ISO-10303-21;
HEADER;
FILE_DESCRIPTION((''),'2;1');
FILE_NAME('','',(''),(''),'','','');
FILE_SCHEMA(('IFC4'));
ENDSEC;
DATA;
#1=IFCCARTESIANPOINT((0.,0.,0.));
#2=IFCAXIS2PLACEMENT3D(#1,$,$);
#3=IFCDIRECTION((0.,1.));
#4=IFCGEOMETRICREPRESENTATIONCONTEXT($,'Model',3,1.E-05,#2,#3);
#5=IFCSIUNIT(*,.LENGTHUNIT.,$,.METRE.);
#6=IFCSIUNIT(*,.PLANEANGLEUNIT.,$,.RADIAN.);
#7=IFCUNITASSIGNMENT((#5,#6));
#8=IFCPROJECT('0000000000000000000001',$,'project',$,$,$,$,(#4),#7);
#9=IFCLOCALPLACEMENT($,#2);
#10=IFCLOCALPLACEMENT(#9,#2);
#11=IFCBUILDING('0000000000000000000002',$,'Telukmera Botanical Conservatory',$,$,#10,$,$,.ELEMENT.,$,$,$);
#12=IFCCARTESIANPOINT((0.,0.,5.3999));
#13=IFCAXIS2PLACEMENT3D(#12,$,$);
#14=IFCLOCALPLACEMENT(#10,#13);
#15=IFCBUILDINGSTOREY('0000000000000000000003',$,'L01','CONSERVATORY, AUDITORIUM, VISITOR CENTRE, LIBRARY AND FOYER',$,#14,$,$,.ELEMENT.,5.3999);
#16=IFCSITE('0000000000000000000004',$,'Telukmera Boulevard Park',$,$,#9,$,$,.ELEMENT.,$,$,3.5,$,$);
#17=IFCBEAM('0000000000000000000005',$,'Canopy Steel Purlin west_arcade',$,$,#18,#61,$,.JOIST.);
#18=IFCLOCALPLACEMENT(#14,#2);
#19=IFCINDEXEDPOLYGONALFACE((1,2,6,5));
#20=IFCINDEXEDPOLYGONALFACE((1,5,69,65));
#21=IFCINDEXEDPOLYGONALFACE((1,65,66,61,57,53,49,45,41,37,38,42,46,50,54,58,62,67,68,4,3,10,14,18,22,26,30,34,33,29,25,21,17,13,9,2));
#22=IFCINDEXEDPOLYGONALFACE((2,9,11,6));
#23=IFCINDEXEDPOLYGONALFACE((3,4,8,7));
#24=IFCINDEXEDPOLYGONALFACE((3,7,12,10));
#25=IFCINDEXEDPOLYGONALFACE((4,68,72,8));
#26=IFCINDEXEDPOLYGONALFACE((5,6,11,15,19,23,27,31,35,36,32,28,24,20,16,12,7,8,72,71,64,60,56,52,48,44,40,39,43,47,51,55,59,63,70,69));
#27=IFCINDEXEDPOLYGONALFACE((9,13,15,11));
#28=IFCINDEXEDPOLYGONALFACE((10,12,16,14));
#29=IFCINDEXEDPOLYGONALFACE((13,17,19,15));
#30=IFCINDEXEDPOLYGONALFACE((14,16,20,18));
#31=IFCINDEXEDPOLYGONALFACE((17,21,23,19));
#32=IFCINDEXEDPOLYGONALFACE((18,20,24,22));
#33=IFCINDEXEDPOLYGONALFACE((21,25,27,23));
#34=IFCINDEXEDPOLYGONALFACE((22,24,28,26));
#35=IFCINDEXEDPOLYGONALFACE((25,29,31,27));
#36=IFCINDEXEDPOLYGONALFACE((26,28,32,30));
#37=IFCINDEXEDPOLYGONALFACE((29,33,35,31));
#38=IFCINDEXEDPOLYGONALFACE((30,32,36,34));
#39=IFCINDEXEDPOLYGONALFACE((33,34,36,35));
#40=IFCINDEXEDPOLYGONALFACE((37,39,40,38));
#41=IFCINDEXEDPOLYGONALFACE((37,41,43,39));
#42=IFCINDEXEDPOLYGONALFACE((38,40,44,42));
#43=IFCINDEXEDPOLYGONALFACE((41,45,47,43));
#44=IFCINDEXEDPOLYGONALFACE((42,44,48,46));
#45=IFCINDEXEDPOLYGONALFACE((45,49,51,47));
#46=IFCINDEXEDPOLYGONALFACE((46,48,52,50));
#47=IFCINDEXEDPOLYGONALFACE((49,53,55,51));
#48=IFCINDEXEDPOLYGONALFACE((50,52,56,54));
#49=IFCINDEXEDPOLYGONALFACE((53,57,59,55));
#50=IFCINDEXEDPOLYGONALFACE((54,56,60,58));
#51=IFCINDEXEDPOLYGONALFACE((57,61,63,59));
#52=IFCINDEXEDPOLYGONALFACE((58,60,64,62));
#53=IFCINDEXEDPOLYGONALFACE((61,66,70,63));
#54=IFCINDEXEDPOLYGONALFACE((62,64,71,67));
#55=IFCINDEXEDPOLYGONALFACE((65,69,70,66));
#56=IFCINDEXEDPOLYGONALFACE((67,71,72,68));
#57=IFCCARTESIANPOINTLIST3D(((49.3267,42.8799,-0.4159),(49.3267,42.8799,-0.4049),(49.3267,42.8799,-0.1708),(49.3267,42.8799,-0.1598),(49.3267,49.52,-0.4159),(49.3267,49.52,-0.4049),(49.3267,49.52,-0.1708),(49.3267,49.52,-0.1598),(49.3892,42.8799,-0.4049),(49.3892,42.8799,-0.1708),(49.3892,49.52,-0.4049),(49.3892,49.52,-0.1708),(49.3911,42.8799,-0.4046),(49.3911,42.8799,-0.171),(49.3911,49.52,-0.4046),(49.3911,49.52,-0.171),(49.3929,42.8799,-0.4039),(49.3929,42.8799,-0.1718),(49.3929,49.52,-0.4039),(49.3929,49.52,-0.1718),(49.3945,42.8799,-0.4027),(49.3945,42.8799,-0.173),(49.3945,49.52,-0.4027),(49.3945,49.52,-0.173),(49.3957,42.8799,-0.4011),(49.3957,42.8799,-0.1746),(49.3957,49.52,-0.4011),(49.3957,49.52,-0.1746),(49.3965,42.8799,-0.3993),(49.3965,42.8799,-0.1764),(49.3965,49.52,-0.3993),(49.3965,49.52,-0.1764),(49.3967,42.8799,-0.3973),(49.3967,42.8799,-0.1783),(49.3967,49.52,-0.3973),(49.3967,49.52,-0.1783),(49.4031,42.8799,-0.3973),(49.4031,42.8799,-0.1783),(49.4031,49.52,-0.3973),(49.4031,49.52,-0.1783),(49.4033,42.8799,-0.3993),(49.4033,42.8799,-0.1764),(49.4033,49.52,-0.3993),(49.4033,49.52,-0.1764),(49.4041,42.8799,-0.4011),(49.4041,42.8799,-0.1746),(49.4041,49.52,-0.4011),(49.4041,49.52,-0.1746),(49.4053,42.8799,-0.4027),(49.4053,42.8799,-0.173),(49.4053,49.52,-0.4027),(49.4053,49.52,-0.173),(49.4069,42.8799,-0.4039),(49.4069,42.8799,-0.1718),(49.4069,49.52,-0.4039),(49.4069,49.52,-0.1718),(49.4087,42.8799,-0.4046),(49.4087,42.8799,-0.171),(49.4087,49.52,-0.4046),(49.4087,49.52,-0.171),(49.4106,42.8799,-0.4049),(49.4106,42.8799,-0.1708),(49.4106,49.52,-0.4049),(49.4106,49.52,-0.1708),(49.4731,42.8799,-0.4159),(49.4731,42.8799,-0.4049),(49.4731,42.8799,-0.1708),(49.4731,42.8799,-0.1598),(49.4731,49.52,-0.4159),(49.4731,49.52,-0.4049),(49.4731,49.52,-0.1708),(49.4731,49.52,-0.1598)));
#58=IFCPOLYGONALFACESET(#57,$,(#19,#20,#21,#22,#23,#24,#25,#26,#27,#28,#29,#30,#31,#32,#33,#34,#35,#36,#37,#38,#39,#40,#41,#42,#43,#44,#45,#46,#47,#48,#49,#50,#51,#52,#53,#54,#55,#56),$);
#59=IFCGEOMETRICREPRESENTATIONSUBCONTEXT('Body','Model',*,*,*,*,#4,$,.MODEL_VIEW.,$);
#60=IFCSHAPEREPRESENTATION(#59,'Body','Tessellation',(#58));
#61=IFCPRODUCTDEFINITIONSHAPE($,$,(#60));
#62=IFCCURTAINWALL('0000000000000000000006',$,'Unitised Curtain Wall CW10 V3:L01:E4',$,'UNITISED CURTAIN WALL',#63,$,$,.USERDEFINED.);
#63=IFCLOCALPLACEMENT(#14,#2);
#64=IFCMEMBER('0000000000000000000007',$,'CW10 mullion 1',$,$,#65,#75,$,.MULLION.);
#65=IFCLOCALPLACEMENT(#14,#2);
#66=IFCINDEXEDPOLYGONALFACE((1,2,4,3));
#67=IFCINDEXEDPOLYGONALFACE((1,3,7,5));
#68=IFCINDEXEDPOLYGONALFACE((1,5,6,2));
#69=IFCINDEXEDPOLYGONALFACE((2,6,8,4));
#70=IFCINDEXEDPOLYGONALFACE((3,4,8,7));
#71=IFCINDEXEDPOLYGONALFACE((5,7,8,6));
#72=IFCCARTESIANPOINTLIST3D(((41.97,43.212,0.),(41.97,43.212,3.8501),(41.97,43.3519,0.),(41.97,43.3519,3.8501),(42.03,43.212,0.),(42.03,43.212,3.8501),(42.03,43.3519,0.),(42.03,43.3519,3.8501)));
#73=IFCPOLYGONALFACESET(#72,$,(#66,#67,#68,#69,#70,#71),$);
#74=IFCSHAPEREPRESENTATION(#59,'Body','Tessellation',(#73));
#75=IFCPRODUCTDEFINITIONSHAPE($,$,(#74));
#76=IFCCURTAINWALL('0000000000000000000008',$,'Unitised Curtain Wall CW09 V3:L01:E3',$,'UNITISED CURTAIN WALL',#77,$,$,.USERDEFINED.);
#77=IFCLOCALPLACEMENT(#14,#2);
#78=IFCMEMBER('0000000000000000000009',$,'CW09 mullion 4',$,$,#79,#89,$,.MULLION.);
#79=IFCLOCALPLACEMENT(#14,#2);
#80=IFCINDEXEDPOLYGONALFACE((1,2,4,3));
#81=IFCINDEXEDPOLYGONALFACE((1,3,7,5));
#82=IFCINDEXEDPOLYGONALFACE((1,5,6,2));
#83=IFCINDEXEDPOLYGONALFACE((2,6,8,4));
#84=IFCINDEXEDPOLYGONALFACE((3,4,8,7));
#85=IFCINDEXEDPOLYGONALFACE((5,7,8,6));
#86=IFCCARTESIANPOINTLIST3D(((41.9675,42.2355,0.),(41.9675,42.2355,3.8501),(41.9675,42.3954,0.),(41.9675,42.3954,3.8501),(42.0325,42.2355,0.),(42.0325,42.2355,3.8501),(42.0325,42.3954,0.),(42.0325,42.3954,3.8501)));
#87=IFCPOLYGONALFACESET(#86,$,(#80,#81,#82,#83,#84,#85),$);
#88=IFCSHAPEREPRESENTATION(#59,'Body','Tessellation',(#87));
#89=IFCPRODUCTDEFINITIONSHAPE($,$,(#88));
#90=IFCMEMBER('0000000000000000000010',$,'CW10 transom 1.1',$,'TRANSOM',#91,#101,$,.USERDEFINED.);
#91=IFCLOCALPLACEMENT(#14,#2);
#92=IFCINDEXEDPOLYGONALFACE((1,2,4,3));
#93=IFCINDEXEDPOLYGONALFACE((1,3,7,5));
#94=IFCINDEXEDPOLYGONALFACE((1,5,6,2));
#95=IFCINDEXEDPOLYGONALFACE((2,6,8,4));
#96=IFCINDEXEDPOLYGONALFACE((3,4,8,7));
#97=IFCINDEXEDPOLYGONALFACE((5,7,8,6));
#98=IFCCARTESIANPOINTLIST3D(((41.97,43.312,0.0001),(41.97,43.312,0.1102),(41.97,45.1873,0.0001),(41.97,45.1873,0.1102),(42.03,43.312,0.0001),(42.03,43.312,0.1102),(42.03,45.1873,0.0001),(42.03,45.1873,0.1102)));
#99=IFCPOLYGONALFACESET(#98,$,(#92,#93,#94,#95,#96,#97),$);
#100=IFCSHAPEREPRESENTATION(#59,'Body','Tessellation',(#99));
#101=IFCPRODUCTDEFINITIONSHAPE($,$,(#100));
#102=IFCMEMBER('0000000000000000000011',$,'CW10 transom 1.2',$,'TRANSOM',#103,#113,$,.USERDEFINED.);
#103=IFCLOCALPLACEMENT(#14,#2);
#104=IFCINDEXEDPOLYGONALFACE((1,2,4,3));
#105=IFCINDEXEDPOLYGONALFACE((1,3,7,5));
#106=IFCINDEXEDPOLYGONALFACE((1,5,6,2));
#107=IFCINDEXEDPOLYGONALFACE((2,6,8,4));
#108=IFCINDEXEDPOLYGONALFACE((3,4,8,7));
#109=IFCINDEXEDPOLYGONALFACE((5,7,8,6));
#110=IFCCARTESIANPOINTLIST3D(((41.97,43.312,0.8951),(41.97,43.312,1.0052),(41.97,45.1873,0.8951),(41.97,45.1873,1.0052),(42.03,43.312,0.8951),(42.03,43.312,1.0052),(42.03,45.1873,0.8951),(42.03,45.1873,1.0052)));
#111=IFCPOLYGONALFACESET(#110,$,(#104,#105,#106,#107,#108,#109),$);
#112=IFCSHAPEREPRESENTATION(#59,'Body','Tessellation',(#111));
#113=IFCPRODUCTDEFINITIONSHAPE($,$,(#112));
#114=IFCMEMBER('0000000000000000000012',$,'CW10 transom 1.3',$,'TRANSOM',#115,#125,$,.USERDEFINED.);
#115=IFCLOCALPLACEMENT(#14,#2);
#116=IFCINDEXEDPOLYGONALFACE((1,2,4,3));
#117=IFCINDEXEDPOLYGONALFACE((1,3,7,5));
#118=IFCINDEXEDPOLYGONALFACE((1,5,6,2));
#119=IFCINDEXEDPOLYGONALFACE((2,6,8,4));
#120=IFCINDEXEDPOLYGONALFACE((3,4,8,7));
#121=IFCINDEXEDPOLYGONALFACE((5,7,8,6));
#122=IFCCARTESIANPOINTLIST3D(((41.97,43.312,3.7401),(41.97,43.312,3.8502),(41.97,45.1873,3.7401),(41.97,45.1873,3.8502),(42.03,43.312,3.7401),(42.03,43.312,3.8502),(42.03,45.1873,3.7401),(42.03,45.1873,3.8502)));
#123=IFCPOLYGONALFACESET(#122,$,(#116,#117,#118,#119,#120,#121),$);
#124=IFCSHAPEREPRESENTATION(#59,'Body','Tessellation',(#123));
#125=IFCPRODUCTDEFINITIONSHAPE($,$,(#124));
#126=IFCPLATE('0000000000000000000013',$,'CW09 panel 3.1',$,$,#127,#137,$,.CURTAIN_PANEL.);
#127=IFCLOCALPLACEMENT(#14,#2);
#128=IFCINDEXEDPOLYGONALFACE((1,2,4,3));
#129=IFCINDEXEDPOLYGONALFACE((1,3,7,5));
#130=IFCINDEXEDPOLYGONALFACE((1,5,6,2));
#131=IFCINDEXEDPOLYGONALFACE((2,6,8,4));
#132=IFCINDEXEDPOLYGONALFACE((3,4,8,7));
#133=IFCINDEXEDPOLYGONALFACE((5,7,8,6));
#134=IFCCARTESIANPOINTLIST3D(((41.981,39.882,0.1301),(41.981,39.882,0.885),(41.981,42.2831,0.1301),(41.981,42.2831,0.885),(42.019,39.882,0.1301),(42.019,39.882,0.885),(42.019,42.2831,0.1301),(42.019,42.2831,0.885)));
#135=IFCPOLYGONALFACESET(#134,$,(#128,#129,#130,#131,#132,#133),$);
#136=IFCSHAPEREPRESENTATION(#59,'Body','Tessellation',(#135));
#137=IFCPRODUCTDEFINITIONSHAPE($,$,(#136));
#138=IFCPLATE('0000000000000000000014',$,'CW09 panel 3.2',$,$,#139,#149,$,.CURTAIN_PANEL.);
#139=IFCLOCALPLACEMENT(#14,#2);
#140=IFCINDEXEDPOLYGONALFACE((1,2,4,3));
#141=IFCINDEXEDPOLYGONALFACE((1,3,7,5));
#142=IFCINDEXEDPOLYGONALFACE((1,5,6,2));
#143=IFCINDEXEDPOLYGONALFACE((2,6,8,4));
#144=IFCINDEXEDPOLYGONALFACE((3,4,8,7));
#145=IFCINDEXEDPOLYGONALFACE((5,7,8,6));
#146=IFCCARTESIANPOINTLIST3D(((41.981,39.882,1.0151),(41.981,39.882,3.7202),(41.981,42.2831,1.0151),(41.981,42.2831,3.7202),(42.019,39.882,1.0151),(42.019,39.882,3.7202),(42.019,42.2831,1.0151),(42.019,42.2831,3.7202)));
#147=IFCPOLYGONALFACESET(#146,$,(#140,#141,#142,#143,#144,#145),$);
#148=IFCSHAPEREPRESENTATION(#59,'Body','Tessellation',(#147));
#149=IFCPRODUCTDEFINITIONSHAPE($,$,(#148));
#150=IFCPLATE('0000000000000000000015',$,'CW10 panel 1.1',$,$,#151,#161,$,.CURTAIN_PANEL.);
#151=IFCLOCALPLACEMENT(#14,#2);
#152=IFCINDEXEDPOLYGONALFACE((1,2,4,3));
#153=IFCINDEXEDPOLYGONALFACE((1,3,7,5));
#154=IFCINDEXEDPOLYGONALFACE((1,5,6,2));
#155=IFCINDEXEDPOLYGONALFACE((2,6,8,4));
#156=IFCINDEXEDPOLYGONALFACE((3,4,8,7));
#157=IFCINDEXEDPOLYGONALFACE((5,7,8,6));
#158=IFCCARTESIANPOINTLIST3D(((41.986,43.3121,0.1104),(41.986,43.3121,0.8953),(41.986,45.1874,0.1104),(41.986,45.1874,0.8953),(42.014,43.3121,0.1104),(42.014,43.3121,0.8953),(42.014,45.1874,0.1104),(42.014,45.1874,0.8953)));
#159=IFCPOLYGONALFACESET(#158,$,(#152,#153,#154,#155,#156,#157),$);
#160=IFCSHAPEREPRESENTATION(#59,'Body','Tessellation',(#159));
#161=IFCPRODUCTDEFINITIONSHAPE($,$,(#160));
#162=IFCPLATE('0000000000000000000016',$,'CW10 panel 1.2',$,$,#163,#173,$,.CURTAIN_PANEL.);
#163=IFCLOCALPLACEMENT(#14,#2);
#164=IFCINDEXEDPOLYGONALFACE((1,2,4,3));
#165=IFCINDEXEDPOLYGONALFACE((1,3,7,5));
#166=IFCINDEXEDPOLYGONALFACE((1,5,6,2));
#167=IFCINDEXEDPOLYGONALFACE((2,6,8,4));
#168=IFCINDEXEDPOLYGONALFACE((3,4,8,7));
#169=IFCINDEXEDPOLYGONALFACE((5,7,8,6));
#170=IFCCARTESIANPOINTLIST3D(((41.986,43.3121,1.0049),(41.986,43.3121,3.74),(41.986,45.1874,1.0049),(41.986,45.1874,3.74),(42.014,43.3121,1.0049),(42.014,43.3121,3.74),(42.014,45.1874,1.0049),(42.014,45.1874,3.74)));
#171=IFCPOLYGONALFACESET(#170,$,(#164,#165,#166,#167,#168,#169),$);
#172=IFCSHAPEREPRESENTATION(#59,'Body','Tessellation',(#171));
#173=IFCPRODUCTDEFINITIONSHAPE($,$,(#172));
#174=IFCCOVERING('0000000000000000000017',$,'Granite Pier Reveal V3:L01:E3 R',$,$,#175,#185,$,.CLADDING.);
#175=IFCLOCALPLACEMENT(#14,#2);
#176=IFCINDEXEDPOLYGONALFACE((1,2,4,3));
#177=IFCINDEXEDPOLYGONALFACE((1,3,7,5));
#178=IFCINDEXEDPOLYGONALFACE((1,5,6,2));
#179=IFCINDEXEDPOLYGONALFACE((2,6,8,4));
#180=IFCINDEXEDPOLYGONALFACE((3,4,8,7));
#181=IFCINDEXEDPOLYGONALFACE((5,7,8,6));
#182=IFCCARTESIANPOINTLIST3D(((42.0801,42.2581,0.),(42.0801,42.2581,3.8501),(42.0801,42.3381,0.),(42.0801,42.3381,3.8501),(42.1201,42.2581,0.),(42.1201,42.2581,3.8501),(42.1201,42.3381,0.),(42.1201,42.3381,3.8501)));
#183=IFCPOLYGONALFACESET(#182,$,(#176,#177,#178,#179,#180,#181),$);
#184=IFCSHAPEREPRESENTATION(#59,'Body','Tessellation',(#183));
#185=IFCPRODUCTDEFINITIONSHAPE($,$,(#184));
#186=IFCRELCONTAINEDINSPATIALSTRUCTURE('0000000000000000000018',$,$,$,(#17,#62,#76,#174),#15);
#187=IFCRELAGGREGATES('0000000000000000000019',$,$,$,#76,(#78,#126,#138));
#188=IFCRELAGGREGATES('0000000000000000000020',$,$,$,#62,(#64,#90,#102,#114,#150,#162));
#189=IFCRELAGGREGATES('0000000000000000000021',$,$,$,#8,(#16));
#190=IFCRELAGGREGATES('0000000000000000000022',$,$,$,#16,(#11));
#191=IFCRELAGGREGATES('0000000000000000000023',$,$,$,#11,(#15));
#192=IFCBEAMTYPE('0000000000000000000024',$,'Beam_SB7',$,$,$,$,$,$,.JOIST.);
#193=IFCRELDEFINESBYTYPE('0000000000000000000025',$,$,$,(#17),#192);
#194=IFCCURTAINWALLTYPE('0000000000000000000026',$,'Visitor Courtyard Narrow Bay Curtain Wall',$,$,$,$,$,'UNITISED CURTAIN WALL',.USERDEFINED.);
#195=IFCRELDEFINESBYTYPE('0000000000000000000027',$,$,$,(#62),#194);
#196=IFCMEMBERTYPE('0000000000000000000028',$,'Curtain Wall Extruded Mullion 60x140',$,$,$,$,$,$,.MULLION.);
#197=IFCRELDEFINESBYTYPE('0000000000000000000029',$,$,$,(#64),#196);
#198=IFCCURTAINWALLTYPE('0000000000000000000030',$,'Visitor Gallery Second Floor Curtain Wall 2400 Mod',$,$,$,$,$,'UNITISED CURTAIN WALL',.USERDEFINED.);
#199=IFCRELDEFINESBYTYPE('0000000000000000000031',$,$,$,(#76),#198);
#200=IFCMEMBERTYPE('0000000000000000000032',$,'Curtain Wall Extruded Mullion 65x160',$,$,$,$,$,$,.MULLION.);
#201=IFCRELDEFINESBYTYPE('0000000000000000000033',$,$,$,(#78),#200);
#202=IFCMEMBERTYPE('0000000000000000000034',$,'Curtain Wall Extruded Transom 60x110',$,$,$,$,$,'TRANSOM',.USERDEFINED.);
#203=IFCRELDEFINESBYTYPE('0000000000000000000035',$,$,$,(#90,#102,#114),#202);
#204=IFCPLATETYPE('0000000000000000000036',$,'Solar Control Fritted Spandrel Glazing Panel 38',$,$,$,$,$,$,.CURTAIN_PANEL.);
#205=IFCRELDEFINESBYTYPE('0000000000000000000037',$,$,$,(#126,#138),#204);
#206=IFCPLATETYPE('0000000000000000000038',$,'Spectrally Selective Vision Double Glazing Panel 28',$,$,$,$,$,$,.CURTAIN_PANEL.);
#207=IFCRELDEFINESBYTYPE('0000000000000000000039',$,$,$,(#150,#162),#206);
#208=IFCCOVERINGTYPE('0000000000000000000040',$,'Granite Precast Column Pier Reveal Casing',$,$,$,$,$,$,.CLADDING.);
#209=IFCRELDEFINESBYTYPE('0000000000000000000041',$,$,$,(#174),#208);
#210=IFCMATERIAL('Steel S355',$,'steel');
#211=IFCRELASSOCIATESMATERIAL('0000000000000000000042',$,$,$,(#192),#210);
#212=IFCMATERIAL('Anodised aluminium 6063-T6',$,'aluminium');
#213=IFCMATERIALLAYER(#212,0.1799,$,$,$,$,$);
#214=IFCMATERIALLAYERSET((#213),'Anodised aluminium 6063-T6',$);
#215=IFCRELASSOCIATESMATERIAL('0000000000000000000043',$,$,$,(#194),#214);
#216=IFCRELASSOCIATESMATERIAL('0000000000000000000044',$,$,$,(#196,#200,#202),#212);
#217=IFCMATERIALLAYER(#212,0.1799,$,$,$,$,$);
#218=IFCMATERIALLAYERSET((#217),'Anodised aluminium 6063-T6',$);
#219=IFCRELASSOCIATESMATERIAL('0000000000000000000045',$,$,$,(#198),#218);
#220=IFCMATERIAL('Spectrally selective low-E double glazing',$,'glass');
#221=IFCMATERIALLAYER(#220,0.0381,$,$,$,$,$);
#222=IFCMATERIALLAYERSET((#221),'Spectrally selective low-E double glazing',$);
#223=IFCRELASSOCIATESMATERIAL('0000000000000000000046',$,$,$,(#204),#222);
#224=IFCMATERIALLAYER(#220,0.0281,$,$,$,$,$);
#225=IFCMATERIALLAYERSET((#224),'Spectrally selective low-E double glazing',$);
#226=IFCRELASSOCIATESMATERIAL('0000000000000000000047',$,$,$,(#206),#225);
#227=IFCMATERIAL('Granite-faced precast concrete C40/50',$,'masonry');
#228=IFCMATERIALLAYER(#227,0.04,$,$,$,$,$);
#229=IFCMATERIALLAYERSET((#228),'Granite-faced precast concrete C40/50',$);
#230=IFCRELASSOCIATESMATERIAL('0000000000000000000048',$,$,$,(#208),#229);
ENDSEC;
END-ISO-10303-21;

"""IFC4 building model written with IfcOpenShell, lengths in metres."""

from ifc_helpers import new_model, si_unit, direction, frame, origin, origin_2d, place, context, subcontext, project, spatial, rectangle, i_section, extrude, material, layer, layer_set, material_profile, profile_set, type_object, element, aggregate, save


model = new_model("IFC4")

# Units and contexts
model_context = context("Model", 3, precision=1e-05, world=origin(), true_north=direction((0.0, 1.0)))
body_context = subcontext(model_context, "Body", "Model", "MODEL_VIEW")
ifc_project = project(units=[si_unit("LENGTHUNIT", "METRE"), si_unit("PLANEANGLEUNIT", "RADIAN")], contexts=[model_context])

# Site, building, storey
site_placement = place(None, origin())
site = spatial("IfcSite", under=ifc_project, at=site_placement, Name="Telukmera Boulevard Park", CompositionType="ELEMENT", RefElevation=3.5)
building_placement = place(site_placement, origin())
building = spatial("IfcBuilding", under=site, at=building_placement, Name="Telukmera Botanical Conservatory", CompositionType="ELEMENT")
storey_placement = place(building_placement, frame((0.0, 0.0, 5.3999)))
storey = spatial("IfcBuildingStorey", under=building, at=storey_placement, Name="L01", Description="CONSERVATORY, AUDITORIUM, VISITOR CENTRE, LIBRARY AND FOYER", CompositionType="ELEMENT", Elevation=5.3999)

# Beam
ifc_material_1 = material(Name="Steel S355", Category="steel")
ifc_material_profile_1 = material_profile(ifc_material_1, i_section(OverallWidth=0.1465, OverallDepth=0.2561, WebThickness=0.0063, FlangeThickness=0.011, FilletRadius=0.0076, at=origin_2d()), Name="UB 254x146x37")
ifc_profile_set_1 = profile_set([ifc_material_profile_1], Name="Steel S355")
beam_type_1 = type_object("IfcBeamType", Name="Beam_SB7", PredefinedType="JOIST", material=ifc_profile_set_1)
for number, where, z_axis, x_axis, name in (
    (1, (49.3999, 42.8799, -0.2878), (0.0, 1.0, 0.0), (-1.0, 0.0, 0.0), "Canopy Steel Purlin west_arcade"),
):
    element("IfcBeam", number, at=place(storey_placement, frame(where, z_axis=z_axis, x_axis=x_axis)), inside=storey, type_object=beam_type_1, Name=name, PredefinedType="JOIST", context=body_context, shape_type="SweptSolid", body=[
        extrude(i_section(OverallWidth=0.1465, OverallDepth=0.2561, WebThickness=0.0063, FlangeThickness=0.011, FilletRadius=0.0076, at=origin_2d()), origin(), (0.0, 0.0, 1.0), 6.6401),
    ])

# Curtain walls, members
ifc_material_2 = material(Name="Anodised aluminium 6063-T6", Category="aluminium")
ifc_layer_1 = layer(ifc_material_2, 0.1799)
ifc_layer_set_1 = layer_set([ifc_layer_1], Name="Anodised aluminium 6063-T6")
curtain_wall_type_1 = type_object("IfcCurtainWallType", Name="Visitor Courtyard Narrow Bay Curtain Wall", ElementType="UNITISED CURTAIN WALL", PredefinedType="USERDEFINED", material=ifc_layer_set_1)
curtain_wall_1_placement = place(storey_placement, origin())
curtain_wall_1 = element("IfcCurtainWall", 2, at=curtain_wall_1_placement, inside=storey, type_object=curtain_wall_type_1, Name="Unitised Curtain Wall CW10 V3:L01:E4", ObjectType="UNITISED CURTAIN WALL", PredefinedType="USERDEFINED")
ifc_material_profile_2 = material_profile(ifc_material_2, rectangle(XDim=0.0601, YDim=0.1399, at=origin_2d()), Name="ALU MULL 60x140")
ifc_profile_set_2 = profile_set([ifc_material_profile_2], Name="Anodised aluminium 6063-T6")
member_type_1 = type_object("IfcMemberType", Name="Curtain Wall Extruded Mullion 60x140", PredefinedType="MULLION", material=ifc_profile_set_2)
member_1_placement = place(storey_placement, frame((42.0, 43.282, 0.0), z_axis=(0.0, 0.0, 1.0), x_axis=(-1.0, 0.0, 0.0)))
member_1 = element("IfcMember", 3, at=member_1_placement, type_object=member_type_1, Name="CW10 mullion 1", PredefinedType="MULLION", context=body_context, shape_type="SweptSolid", body=[
    extrude(rectangle(XDim=0.0601, YDim=0.1399, at=origin_2d()), origin(), (0.0, 0.0, 1.0), 3.8501),
])
ifc_layer_2 = layer(ifc_material_2, 0.1799)
ifc_layer_set_2 = layer_set([ifc_layer_2], Name="Anodised aluminium 6063-T6")
curtain_wall_type_2 = type_object("IfcCurtainWallType", Name="Visitor Gallery Second Floor Curtain Wall 2400 Mod", ElementType="UNITISED CURTAIN WALL", PredefinedType="USERDEFINED", material=ifc_layer_set_2)
curtain_wall_2_placement = place(storey_placement, origin())
curtain_wall_2 = element("IfcCurtainWall", 4, at=curtain_wall_2_placement, inside=storey, type_object=curtain_wall_type_2, Name="Unitised Curtain Wall CW09 V3:L01:E3", ObjectType="UNITISED CURTAIN WALL", PredefinedType="USERDEFINED")
ifc_material_profile_3 = material_profile(ifc_material_2, rectangle(XDim=0.0649, YDim=0.1599, at=origin_2d()), Name="ALU MULL 65x160")
ifc_profile_set_3 = profile_set([ifc_material_profile_3], Name="Anodised aluminium 6063-T6")
member_type_2 = type_object("IfcMemberType", Name="Curtain Wall Extruded Mullion 65x160", PredefinedType="MULLION", material=ifc_profile_set_3)
member_2_placement = place(storey_placement, frame((42.0, 42.3154, 0.0), z_axis=(0.0, 0.0, 1.0), x_axis=(-1.0, 0.0, 0.0)))
member_2 = element("IfcMember", 5, at=member_2_placement, type_object=member_type_2, Name="CW09 mullion 4", PredefinedType="MULLION", context=body_context, shape_type="SweptSolid", body=[
    extrude(rectangle(XDim=0.0649, YDim=0.1599, at=origin_2d()), origin(), (0.0, 0.0, 1.0), 3.8501),
])

# Members
ifc_material_profile_4 = material_profile(ifc_material_2, rectangle(XDim=0.0601, YDim=0.1101, at=origin_2d()), Name="ALU TRAN 60x110")
ifc_profile_set_4 = profile_set([ifc_material_profile_4], Name="Anodised aluminium 6063-T6")
member_type_3 = type_object("IfcMemberType", Name="Curtain Wall Extruded Transom 60x110", ElementType="TRANSOM", PredefinedType="USERDEFINED", material=ifc_profile_set_4)
member_3_placement = place(storey_placement, frame((42.0, 43.312, 0.0552), z_axis=(0.0, 1.0, 0.0), x_axis=(-1.0, 0.0, 0.0)))
member_3 = element("IfcMember", 6, at=member_3_placement, type_object=member_type_3, Name="CW10 transom 1.1", ObjectType="TRANSOM", PredefinedType="USERDEFINED", context=body_context, shape_type="SweptSolid", body=[
    extrude(rectangle(XDim=0.0601, YDim=0.1101, at=origin_2d()), origin(), (0.0, 0.0, 1.0), 1.8752),
])
member_4_placement = place(storey_placement, frame((42.0, 43.312, 0.9502), z_axis=(0.0, 1.0, 0.0), x_axis=(-1.0, 0.0, 0.0)))
member_4 = element("IfcMember", 7, at=member_4_placement, type_object=member_type_3, Name="CW10 transom 1.2", ObjectType="TRANSOM", PredefinedType="USERDEFINED", context=body_context, shape_type="SweptSolid", body=[
    extrude(rectangle(XDim=0.0601, YDim=0.1101, at=origin_2d()), origin(), (0.0, 0.0, 1.0), 1.8752),
])
member_5_placement = place(storey_placement, frame((42.0, 43.312, 3.7952), z_axis=(0.0, 1.0, 0.0), x_axis=(-1.0, 0.0, 0.0)))
member_5 = element("IfcMember", 8, at=member_5_placement, type_object=member_type_3, Name="CW10 transom 1.3", ObjectType="TRANSOM", PredefinedType="USERDEFINED", context=body_context, shape_type="SweptSolid", body=[
    extrude(rectangle(XDim=0.0601, YDim=0.1101, at=origin_2d()), origin(), (0.0, 0.0, 1.0), 1.8752),
])

# Plates
ifc_material_3 = material(Name="Spectrally selective low-E double glazing", Category="glass")
ifc_layer_3 = layer(ifc_material_3, 0.0381)
ifc_layer_set_3 = layer_set([ifc_layer_3], Name="Spectrally selective low-E double glazing")
plate_type_1 = type_object("IfcPlateType", Name="Solar Control Fritted Spandrel Glazing Panel 38", PredefinedType="CURTAIN_PANEL", material=ifc_layer_set_3)
plate_1_placement = place(storey_placement, frame((42.0, 41.0825, 0.1301), z_axis=(0.0, 0.0, 1.0), x_axis=(0.0, 1.0, 0.0)))
plate_1 = element("IfcPlate", 9, at=plate_1_placement, type_object=plate_type_1, Name="CW09 panel 3.1", PredefinedType="CURTAIN_PANEL", context=body_context, shape_type="SweptSolid", body=[
    extrude(rectangle(XDim=2.4011, YDim=0.0381, at=origin_2d()), origin(), (0.0, 0.0, 1.0), 0.7549),
])
plate_2_placement = place(storey_placement, frame((42.0, 41.0825, 1.0151), z_axis=(0.0, 0.0, 1.0), x_axis=(0.0, 1.0, 0.0)))
plate_2 = element("IfcPlate", 10, at=plate_2_placement, type_object=plate_type_1, Name="CW09 panel 3.2", PredefinedType="CURTAIN_PANEL", context=body_context, shape_type="SweptSolid", body=[
    extrude(rectangle(XDim=2.4011, YDim=0.0381, at=origin_2d()), origin(), (0.0, 0.0, 1.0), 2.7051),
])
aggregate(curtain_wall_2, [member_2, plate_1, plate_2])
ifc_layer_4 = layer(ifc_material_3, 0.0281)
ifc_layer_set_4 = layer_set([ifc_layer_4], Name="Spectrally selective low-E double glazing")
plate_type_2 = type_object("IfcPlateType", Name="Spectrally Selective Vision Double Glazing Panel 28", PredefinedType="CURTAIN_PANEL", material=ifc_layer_set_4)
plate_3_placement = place(storey_placement, frame((42.0, 44.2498, 0.1104), z_axis=(0.0, 0.0, 1.0), x_axis=(0.0, 1.0, 0.0)))
plate_3 = element("IfcPlate", 11, at=plate_3_placement, type_object=plate_type_2, Name="CW10 panel 1.1", PredefinedType="CURTAIN_PANEL", context=body_context, shape_type="SweptSolid", body=[
    extrude(rectangle(XDim=1.8752, YDim=0.0281, at=origin_2d()), origin(), (0.0, 0.0, 1.0), 0.7849),
])
plate_4_placement = place(storey_placement, frame((42.0, 44.2498, 1.0049), z_axis=(0.0, 0.0, 1.0), x_axis=(0.0, 1.0, 0.0)))
plate_4 = element("IfcPlate", 12, at=plate_4_placement, type_object=plate_type_2, Name="CW10 panel 1.2", PredefinedType="CURTAIN_PANEL", context=body_context, shape_type="SweptSolid", body=[
    extrude(rectangle(XDim=1.8752, YDim=0.0281, at=origin_2d()), origin(), (0.0, 0.0, 1.0), 2.7351),
])
aggregate(curtain_wall_1, [member_1, member_3, member_4, member_5, plate_3, plate_4])

# Covering
ifc_material_4 = material(Name="Granite-faced precast concrete C40/50", Category="masonry")
ifc_layer_5 = layer(ifc_material_4, 0.04)
ifc_layer_set_5 = layer_set([ifc_layer_5], Name="Granite-faced precast concrete C40/50")
covering_type = type_object("IfcCoveringType", Name="Granite Precast Column Pier Reveal Casing", PredefinedType="CLADDING", material=ifc_layer_set_5)
for number, where, z_axis, x_axis, name in (
    (13, (42.1001, 42.2981, 0.0), (0.0, 0.0, 1.0), (0.0, 1.0, 0.0), "Granite Pier Reveal V3:L01:E3 R"),
):
    element("IfcCovering", number, at=place(storey_placement, frame(where, z_axis=z_axis, x_axis=x_axis)), inside=storey, type_object=covering_type, Name=name, PredefinedType="CLADDING", context=body_context, shape_type="SweptSolid", body=[
        extrude(rectangle(XDim=0.0801, YDim=0.04, at=origin_2d()), origin(), (0.0, 0.0, 1.0), 3.8501),
    ])

save(model, "model.ifc")
